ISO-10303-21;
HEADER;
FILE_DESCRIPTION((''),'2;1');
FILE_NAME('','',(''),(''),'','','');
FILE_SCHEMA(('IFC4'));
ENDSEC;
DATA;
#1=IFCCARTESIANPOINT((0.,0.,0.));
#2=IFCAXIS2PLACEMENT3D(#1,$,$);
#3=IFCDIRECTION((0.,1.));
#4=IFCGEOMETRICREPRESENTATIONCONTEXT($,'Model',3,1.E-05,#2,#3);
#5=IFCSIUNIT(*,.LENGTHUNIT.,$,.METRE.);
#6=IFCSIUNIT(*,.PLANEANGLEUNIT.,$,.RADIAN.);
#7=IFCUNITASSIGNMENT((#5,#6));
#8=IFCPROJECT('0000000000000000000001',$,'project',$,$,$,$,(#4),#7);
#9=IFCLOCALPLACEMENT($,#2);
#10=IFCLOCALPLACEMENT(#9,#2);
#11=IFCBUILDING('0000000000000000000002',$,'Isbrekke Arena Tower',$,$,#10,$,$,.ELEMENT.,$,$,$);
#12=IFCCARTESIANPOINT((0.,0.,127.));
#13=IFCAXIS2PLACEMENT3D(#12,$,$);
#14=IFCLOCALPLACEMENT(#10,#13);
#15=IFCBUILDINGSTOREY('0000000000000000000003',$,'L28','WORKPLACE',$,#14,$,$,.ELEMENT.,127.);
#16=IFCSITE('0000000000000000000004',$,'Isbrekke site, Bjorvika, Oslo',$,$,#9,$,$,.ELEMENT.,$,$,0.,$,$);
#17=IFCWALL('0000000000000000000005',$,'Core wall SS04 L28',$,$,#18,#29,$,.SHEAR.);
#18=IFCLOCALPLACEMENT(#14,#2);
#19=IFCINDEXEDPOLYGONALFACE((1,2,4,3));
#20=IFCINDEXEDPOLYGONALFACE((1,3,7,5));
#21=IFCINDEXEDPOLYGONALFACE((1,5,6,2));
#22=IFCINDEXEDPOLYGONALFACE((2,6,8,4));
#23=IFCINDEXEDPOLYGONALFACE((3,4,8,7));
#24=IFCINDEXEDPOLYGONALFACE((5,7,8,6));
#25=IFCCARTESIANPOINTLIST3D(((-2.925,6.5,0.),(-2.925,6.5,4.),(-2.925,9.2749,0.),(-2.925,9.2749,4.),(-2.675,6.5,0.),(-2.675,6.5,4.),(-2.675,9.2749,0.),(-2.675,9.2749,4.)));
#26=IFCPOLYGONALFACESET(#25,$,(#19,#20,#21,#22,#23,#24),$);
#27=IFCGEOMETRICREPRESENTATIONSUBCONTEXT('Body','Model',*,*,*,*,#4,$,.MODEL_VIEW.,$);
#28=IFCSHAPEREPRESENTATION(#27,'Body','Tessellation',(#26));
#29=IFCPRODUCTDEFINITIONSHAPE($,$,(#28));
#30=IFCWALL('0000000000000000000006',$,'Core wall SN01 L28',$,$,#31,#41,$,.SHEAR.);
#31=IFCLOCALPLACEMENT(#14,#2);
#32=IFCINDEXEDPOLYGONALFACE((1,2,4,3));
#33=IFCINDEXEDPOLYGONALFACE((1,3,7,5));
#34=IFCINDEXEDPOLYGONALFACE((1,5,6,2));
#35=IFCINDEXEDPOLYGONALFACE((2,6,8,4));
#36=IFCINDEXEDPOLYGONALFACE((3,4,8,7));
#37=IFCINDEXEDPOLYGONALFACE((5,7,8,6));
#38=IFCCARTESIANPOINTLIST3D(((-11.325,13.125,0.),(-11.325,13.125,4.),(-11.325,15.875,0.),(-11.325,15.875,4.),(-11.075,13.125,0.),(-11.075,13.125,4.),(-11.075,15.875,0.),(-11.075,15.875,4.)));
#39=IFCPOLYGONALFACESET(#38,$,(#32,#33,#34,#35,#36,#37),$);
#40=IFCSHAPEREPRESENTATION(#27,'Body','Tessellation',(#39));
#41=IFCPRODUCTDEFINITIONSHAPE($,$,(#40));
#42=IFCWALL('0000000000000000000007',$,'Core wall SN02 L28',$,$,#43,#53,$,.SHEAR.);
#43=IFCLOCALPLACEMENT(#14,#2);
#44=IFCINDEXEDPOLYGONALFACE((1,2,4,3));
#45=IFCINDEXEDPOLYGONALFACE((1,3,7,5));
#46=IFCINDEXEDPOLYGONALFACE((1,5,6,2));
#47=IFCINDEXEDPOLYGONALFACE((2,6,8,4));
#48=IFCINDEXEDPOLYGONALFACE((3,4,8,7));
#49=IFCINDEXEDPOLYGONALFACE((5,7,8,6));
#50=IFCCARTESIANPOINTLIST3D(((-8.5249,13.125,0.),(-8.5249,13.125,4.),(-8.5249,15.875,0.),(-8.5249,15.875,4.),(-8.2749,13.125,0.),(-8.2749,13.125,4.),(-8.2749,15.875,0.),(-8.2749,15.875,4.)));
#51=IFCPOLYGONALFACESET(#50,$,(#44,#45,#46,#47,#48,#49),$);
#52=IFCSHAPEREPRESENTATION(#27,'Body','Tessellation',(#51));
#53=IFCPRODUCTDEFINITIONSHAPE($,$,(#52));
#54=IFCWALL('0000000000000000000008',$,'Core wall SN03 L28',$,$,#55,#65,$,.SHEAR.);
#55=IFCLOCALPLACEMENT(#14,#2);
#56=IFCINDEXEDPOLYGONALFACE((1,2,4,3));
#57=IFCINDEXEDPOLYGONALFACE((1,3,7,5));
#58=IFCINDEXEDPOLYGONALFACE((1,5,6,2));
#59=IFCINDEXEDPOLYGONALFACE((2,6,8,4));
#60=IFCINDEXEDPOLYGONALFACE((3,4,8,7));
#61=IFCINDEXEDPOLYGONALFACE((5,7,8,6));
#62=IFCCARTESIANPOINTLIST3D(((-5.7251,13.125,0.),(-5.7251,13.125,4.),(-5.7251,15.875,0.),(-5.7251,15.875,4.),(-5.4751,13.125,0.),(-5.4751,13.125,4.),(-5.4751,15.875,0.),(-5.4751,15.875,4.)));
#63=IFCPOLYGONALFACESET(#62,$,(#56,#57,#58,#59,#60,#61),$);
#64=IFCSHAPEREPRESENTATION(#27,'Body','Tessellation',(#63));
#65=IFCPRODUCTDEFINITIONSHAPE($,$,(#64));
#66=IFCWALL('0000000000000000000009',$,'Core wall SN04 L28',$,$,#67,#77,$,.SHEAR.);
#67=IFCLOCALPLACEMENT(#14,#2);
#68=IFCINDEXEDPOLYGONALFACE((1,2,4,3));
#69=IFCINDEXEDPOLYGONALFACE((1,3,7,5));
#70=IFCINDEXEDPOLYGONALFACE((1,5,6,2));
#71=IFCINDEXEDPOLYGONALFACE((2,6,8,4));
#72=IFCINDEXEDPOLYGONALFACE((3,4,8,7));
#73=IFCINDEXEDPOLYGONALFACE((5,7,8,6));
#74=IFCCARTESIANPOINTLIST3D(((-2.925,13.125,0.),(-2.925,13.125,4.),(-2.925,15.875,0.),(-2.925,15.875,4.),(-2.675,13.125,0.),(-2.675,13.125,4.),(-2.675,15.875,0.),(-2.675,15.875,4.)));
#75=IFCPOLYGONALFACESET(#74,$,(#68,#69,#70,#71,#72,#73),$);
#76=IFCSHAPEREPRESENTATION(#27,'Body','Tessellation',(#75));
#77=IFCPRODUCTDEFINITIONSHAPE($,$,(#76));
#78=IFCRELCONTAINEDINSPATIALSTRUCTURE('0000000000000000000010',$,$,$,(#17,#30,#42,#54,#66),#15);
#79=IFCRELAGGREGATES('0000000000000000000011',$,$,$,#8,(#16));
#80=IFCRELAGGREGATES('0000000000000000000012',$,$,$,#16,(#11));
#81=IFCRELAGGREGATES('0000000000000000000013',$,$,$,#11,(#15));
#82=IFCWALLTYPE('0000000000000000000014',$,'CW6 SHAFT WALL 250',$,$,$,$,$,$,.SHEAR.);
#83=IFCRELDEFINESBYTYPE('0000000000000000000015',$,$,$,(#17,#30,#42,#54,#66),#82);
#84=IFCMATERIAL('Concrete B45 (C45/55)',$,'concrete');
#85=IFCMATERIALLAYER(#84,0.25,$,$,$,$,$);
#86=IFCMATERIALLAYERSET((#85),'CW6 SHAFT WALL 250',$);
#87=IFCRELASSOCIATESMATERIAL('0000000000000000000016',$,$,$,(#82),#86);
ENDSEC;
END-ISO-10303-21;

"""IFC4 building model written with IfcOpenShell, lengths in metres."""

from ifc_helpers import new_model, si_unit, direction, frame, frame_2d, origin, place, context, subcontext, project, spatial, rectangle, extrude, material, layer, layer_set, type_object, element, save


model = new_model("IFC4")

# Units and contexts
model_context = context("Model", 3, precision=1e-05, world=origin(), true_north=direction((0.0, 1.0)))
body_context = subcontext(model_context, "Body", "Model", "MODEL_VIEW")
ifc_project = project(units=[si_unit("LENGTHUNIT", "METRE"), si_unit("PLANEANGLEUNIT", "RADIAN")], contexts=[model_context])

# Site, building, storey
site_placement = place(None, origin())
site = spatial("IfcSite", under=ifc_project, at=site_placement, Name="Isbrekke site, Bjorvika, Oslo", CompositionType="ELEMENT", RefElevation=0.0)
building_placement = place(site_placement, origin())
building = spatial("IfcBuilding", under=site, at=building_placement, Name="Isbrekke Arena Tower", CompositionType="ELEMENT")
storey_placement = place(building_placement, frame((0.0, 0.0, 127.0)))
storey = spatial("IfcBuildingStorey", under=building, at=storey_placement, Name="L28", Description="WORKPLACE", CompositionType="ELEMENT", Elevation=127.0)

# Shared definitions
ifc_material_1 = material(Name="Concrete B45 (C45/55)", Category="concrete")
ifc_layer_1 = layer(ifc_material_1, 0.25)
ifc_layer_set_1 = layer_set([ifc_layer_1], Name="CW6 SHAFT WALL 250")
wall_type_1 = type_object("IfcWallType", Name="CW6 SHAFT WALL 250", PredefinedType="SHEAR", material=ifc_layer_set_1)

# Walls
for number, where, z_axis, x_axis, name in (
    (1, (-2.8, 6.5, 0.0), (0.0, 0.0, 1.0), (0.0, 1.0, 0.0), "Core wall SS04 L28"),
):
    element("IfcWall", number, at=place(storey_placement, frame(where, z_axis=z_axis, x_axis=x_axis)), inside=storey, type_object=wall_type_1, Name=name, PredefinedType="SHEAR", context=body_context, shape_type="SweptSolid", body=[
        extrude(rectangle(XDim=2.7749, YDim=0.25, at=frame_2d((1.3875, 0.0))), origin(), (0.0, 0.0, 1.0), 4.0),
    ])
for number, where, z_axis, x_axis, name in (
    (2, (-11.2, 13.125, 0.0), (0.0, 0.0, 1.0), (0.0, 1.0, 0.0), "Core wall SN01 L28"),
    (3, (-8.3999, 13.125, 0.0), (0.0, 0.0, 1.0), (0.0, 1.0, 0.0), "Core wall SN02 L28"),
    (4, (-5.6001, 13.125, 0.0), (0.0, 0.0, 1.0), (0.0, 1.0, 0.0), "Core wall SN03 L28"),
    (5, (-2.8, 13.125, 0.0), (0.0, 0.0, 1.0), (0.0, 1.0, 0.0), "Core wall SN04 L28"),
):
    element("IfcWall", number, at=place(storey_placement, frame(where, z_axis=z_axis, x_axis=x_axis)), inside=storey, type_object=wall_type_1, Name=name, PredefinedType="SHEAR", context=body_context, shape_type="SweptSolid", body=[
        extrude(rectangle(XDim=2.75, YDim=0.25, at=frame_2d((1.375, 0.0))), origin(), (0.0, 0.0, 1.0), 4.0),
    ])

save(model, "model.ifc")
